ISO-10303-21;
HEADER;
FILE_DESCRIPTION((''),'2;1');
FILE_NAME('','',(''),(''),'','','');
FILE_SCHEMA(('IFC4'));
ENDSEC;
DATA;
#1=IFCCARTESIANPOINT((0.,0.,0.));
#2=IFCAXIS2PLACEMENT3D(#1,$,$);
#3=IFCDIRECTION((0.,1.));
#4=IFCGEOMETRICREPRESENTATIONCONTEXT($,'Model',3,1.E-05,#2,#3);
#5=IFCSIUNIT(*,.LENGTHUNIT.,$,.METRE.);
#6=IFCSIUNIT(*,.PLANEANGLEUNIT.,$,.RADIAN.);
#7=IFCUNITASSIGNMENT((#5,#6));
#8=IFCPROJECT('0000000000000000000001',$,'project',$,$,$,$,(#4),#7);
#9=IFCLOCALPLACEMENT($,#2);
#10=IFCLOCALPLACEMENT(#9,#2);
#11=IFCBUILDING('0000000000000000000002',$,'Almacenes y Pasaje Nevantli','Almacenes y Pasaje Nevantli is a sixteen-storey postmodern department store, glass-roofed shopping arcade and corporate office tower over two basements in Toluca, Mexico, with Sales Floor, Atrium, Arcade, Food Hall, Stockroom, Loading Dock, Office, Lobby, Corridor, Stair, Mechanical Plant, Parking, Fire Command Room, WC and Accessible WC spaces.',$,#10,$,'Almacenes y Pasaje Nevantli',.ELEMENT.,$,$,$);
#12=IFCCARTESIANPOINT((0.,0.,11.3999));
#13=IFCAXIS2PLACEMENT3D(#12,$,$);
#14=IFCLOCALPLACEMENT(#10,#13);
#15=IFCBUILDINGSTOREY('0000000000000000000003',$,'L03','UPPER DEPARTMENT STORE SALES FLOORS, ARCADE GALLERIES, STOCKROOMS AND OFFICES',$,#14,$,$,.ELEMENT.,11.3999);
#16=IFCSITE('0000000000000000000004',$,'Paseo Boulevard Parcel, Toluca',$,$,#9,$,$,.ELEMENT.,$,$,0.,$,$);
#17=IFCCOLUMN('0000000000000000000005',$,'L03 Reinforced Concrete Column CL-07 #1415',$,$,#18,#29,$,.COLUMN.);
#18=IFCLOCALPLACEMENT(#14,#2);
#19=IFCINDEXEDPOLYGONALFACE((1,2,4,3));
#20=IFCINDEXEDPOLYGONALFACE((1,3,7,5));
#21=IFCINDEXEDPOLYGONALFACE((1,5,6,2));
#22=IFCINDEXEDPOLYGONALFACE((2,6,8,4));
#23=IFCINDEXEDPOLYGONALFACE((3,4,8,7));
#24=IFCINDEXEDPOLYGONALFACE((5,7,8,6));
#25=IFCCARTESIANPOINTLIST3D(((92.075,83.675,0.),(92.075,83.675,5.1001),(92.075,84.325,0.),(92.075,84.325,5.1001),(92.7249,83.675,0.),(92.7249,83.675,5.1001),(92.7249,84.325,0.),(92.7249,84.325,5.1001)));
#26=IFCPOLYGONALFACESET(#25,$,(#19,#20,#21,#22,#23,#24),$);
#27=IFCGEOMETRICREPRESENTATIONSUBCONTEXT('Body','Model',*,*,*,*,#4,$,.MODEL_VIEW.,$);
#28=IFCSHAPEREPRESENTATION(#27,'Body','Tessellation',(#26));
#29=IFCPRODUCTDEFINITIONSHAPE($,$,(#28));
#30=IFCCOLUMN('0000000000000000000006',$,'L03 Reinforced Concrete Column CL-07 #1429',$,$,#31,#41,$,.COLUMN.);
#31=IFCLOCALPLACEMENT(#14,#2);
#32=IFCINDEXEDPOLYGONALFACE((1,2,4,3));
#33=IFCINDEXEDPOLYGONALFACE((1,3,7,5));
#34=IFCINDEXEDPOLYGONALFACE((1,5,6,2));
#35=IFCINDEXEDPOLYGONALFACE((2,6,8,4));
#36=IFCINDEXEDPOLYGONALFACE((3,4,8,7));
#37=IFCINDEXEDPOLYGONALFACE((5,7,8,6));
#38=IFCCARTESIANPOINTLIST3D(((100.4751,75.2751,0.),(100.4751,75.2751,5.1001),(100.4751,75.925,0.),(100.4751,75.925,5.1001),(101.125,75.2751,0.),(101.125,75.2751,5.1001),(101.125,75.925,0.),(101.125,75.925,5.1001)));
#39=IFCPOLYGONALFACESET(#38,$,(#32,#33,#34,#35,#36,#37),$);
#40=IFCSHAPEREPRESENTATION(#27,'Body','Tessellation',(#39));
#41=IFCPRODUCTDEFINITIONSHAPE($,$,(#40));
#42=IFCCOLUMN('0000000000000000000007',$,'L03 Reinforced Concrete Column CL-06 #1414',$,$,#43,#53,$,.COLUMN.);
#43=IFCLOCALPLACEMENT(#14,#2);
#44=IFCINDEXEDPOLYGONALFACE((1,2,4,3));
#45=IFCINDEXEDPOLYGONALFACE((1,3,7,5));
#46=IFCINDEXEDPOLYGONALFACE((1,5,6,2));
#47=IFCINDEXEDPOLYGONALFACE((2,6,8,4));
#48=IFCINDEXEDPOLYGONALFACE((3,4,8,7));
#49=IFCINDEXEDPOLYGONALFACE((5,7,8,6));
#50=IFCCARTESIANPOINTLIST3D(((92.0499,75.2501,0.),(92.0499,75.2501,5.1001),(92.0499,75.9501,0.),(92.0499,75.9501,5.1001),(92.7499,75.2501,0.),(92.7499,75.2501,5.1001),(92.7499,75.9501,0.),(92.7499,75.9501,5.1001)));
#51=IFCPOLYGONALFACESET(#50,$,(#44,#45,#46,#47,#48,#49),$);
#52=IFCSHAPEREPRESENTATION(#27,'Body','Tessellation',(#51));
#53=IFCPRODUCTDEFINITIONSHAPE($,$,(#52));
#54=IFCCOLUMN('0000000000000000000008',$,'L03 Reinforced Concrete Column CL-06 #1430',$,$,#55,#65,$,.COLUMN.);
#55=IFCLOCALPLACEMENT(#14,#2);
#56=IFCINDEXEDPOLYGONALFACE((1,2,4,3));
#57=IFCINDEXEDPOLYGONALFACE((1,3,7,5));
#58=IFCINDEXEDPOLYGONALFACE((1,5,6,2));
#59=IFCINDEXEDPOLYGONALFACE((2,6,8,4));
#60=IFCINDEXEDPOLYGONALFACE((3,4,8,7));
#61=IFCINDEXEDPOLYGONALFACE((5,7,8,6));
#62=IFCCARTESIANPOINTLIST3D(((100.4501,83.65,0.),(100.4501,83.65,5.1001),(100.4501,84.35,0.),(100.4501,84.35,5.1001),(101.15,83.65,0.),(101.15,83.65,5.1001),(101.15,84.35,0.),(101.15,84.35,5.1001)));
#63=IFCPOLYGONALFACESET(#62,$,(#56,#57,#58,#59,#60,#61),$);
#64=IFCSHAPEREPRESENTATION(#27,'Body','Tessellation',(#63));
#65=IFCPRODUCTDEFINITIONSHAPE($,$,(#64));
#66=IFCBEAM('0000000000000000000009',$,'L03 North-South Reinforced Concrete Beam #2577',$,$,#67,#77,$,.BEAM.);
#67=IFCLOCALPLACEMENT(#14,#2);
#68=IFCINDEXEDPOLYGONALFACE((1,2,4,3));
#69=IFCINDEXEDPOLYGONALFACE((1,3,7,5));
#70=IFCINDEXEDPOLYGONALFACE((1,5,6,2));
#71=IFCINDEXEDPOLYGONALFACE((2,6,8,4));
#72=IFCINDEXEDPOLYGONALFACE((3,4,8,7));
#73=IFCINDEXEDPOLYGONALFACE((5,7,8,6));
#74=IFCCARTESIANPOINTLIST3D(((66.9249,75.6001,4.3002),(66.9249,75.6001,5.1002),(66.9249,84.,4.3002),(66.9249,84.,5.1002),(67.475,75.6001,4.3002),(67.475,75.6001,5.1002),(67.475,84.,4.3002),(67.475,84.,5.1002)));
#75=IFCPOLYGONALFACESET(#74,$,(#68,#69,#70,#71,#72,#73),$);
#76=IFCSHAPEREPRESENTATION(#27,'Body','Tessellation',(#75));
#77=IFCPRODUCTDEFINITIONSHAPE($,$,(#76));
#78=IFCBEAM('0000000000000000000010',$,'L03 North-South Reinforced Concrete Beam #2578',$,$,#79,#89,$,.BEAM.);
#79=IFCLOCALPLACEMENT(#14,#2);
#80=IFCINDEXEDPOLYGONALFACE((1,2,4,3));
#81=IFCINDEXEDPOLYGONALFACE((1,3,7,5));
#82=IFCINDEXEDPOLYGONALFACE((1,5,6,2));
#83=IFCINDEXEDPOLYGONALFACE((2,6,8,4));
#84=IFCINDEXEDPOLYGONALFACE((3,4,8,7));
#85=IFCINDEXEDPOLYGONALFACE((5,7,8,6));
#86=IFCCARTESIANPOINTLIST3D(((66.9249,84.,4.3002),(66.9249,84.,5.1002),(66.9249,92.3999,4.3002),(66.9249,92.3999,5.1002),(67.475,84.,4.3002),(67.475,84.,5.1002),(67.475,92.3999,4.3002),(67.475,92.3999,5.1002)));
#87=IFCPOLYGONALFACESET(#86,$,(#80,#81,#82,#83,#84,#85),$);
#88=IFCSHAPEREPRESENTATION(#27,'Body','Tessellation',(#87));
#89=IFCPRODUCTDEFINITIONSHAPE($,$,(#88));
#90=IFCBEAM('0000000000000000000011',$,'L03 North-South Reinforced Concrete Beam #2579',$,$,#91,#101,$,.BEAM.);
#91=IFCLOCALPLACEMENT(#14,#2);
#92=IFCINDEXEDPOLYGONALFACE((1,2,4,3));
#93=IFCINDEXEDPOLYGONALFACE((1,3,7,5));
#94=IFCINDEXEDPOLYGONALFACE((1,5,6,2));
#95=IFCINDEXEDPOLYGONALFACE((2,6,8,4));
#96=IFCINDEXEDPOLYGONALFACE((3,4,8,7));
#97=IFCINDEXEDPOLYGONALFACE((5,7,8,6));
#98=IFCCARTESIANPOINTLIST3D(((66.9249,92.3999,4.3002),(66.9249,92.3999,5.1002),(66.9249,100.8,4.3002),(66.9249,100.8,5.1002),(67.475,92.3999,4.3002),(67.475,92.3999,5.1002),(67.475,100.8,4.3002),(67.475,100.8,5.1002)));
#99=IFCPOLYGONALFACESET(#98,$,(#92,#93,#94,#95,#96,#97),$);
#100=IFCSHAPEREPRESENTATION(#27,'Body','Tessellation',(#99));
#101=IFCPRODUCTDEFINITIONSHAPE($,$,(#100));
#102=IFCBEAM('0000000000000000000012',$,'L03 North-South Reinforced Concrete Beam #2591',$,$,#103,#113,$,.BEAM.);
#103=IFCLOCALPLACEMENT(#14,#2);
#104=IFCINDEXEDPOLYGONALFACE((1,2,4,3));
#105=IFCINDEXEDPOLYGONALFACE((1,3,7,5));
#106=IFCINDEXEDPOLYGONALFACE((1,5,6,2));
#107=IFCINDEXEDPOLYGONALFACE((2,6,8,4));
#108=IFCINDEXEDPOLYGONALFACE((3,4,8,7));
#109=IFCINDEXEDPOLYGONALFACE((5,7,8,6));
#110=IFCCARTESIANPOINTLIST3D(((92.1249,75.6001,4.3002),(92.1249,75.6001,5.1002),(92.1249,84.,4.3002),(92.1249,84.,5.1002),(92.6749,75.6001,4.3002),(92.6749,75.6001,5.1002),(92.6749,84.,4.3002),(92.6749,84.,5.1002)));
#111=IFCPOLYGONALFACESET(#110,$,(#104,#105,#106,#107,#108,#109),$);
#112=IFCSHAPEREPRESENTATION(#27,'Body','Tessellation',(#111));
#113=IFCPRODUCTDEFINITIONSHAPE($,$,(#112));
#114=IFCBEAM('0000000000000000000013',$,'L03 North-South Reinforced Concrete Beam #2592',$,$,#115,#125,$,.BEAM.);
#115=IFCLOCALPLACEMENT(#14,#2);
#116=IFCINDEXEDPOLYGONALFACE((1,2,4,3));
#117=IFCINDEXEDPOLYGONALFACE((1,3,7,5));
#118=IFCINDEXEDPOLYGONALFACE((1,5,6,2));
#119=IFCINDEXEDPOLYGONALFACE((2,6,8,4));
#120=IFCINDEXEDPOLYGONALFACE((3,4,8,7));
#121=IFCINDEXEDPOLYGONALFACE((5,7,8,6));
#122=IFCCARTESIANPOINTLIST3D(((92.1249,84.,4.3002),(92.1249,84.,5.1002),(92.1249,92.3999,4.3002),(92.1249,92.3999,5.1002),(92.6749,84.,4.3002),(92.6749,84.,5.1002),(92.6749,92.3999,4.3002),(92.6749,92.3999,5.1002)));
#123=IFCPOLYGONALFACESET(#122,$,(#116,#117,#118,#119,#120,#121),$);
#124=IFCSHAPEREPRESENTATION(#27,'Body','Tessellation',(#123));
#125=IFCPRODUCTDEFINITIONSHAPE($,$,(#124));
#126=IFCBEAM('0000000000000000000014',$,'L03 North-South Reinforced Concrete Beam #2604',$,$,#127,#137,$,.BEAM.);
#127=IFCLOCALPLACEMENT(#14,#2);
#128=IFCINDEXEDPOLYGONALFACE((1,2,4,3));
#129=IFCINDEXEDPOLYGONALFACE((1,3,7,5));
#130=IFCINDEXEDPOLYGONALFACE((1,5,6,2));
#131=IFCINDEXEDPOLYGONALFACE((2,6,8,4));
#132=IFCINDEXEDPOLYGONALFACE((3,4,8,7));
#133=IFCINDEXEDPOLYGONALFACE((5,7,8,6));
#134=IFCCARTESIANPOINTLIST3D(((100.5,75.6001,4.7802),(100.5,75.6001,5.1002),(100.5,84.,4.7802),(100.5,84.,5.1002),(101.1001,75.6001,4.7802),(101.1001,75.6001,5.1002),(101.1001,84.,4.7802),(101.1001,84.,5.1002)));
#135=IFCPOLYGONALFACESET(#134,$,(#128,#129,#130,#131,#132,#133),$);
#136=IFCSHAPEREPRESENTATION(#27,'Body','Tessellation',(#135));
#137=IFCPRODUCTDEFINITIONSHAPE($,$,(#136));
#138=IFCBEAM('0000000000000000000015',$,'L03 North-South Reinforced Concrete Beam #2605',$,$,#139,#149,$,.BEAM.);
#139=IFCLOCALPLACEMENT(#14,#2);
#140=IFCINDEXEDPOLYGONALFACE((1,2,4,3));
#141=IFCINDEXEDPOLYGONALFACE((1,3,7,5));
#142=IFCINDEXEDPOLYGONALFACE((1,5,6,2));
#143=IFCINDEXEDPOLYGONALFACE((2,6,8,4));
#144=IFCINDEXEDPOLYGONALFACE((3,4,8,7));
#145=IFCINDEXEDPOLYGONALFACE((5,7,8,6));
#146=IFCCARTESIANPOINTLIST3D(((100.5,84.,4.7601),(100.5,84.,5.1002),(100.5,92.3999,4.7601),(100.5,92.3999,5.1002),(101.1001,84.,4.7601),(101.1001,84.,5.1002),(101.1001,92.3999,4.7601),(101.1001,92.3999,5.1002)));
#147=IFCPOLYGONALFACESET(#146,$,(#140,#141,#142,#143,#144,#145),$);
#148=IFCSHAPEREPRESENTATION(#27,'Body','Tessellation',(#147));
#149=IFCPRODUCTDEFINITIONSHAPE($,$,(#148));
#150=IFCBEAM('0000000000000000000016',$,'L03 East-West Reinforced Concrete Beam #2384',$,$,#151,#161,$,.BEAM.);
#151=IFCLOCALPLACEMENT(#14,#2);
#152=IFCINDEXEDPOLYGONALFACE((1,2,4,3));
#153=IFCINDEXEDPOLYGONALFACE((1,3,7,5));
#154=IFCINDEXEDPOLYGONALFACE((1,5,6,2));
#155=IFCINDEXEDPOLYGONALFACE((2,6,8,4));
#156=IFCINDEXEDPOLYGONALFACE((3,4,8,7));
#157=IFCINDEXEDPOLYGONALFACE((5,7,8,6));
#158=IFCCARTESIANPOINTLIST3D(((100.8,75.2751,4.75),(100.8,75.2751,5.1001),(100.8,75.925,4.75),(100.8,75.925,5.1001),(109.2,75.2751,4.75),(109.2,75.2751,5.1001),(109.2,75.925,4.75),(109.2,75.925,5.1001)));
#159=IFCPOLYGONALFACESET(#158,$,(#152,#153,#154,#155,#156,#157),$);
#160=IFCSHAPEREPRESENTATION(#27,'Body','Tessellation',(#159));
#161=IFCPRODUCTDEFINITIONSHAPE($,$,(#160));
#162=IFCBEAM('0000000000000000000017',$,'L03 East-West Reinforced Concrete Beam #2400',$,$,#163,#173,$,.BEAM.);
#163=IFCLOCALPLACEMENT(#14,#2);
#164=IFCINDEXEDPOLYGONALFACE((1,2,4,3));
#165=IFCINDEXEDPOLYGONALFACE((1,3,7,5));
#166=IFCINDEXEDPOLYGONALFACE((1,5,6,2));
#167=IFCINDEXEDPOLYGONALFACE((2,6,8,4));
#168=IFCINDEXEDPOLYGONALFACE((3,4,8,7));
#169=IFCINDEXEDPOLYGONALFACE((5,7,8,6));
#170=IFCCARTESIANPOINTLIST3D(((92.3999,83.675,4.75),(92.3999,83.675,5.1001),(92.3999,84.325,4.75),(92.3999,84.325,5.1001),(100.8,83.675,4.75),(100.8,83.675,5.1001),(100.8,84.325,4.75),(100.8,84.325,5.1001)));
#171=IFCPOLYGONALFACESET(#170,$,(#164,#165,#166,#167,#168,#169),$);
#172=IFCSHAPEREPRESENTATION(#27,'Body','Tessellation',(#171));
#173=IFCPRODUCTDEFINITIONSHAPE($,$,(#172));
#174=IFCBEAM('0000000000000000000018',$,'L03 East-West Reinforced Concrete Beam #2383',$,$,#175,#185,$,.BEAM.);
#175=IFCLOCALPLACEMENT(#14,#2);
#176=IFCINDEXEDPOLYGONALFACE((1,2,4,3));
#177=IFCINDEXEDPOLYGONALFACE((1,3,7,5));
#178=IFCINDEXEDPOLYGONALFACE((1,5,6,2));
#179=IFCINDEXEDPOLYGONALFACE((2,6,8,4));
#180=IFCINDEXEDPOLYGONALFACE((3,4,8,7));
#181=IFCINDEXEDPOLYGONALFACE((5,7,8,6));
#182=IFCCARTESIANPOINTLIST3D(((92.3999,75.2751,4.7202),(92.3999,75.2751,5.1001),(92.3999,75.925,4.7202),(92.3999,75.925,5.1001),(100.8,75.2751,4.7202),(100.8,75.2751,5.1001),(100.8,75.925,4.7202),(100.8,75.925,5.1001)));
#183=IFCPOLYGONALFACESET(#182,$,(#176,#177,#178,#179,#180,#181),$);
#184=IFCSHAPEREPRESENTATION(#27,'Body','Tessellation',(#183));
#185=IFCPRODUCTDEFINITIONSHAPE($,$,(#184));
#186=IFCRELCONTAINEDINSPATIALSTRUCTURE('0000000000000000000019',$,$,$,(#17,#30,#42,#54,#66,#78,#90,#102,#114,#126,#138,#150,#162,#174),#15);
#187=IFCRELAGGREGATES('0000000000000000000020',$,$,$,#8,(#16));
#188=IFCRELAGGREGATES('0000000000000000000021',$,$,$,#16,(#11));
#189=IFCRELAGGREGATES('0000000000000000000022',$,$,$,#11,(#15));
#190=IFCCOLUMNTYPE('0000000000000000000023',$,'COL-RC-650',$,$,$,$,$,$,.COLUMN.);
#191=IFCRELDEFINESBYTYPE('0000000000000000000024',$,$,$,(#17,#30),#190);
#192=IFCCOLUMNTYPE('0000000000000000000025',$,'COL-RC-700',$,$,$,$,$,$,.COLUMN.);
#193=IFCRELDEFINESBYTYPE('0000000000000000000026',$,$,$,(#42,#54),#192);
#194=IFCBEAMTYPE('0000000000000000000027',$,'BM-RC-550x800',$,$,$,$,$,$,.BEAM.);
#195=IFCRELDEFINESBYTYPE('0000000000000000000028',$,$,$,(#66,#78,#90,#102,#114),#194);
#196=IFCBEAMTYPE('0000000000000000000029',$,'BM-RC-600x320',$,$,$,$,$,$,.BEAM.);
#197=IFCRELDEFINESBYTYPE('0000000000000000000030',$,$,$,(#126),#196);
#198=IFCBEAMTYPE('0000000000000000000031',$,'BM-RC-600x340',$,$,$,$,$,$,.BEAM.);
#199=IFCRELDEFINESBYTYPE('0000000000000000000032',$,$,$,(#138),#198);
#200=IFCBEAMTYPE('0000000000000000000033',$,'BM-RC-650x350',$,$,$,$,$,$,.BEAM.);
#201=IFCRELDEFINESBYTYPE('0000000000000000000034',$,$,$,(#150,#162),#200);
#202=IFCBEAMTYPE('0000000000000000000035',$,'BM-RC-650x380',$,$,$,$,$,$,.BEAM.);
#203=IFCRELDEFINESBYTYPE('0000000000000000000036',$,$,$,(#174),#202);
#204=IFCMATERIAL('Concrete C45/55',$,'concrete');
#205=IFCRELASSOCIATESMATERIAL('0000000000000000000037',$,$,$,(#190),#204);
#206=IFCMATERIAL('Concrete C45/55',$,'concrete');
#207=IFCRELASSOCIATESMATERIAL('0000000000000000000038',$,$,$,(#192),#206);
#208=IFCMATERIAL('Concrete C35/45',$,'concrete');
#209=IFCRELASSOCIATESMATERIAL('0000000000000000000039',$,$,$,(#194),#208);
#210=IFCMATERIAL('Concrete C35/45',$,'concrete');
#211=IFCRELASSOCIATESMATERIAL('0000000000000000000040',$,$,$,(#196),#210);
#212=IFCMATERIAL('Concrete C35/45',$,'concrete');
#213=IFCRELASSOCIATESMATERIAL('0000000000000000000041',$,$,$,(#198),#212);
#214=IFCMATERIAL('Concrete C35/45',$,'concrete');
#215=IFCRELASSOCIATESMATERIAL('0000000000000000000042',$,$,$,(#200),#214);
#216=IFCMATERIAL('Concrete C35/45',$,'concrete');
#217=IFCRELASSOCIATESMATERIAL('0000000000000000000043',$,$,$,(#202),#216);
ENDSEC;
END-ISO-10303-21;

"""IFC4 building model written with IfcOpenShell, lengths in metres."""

from ifc_helpers import new_model, si_unit, direction, frame, origin, origin_2d, place, context, subcontext, project, spatial, rectangle, extrude, material, material_profile, profile_set, type_object, element, save


model = new_model("IFC4")

# Units and contexts
model_context = context("Model", 3, precision=1e-05, world=origin(), true_north=direction((0.0, 1.0)))
body_context = subcontext(model_context, "Body", "Model", "MODEL_VIEW")
ifc_project = project(units=[si_unit("LENGTHUNIT", "METRE"), si_unit("PLANEANGLEUNIT", "RADIAN")], contexts=[model_context])

# Site, building, storey
site_placement = place(None, origin())
site = spatial("IfcSite", under=ifc_project, at=site_placement, Name="Paseo Boulevard Parcel, Toluca", CompositionType="ELEMENT", RefElevation=0.0)
building_placement = place(site_placement, origin())
building = spatial("IfcBuilding", under=site, at=building_placement, Name="Almacenes y Pasaje Nevantli", Description="Almacenes y Pasaje Nevantli is a sixteen-storey postmodern department store, glass-roofed shopping arcade and corporate office tower over two basements in Toluca, Mexico, with Sales Floor, Atrium, Arcade, Food Hall, Stockroom, Loading Dock, Office, Lobby, Corridor, Stair, Mechanical Plant, Parking, Fire Command Room, WC and Accessible WC spaces.", LongName="Almacenes y Pasaje Nevantli", CompositionType="ELEMENT")
storey_placement = place(building_placement, frame((0.0, 0.0, 11.3999)))
storey = spatial("IfcBuildingStorey", under=building, at=storey_placement, Name="L03", Description="UPPER DEPARTMENT STORE SALES FLOORS, ARCADE GALLERIES, STOCKROOMS AND OFFICES", CompositionType="ELEMENT", Elevation=11.3999)

# Columns
ifc_material_1 = material(Name="Concrete C45/55", Category="concrete")
ifc_material_profile_1 = material_profile(ifc_material_1, rectangle(XDim=0.6499, YDim=0.6499, at=origin_2d()), Name="RC-COL-650x650")
ifc_profile_set_1 = profile_set([ifc_material_profile_1], Name="Concrete C45/55")
column_type_1 = type_object("IfcColumnType", Name="COL-RC-650", PredefinedType="COLUMN", material=ifc_profile_set_1)
for number, where, z_axis, x_axis, name in (
    (1, (92.3999, 84.0, 0.0), (0.0, 0.0, 1.0), (1.0, 0.0, 0.0), "L03 Reinforced Concrete Column CL-07 #1415"),
    (2, (100.8, 75.6001, 0.0), (0.0, 0.0, 1.0), (1.0, 0.0, 0.0), "L03 Reinforced Concrete Column CL-07 #1429"),
):
    element("IfcColumn", number, at=place(storey_placement, frame(where, z_axis=z_axis, x_axis=x_axis)), inside=storey, type_object=column_type_1, Name=name, PredefinedType="COLUMN", context=body_context, shape_type="SweptSolid", body=[
        extrude(rectangle(XDim=0.6499, YDim=0.6499, at=origin_2d()), origin(), (0.0, 0.0, 1.0), 5.1001),
    ])
ifc_material_2 = material(Name="Concrete C45/55", Category="concrete")
ifc_material_profile_2 = material_profile(ifc_material_2, rectangle(XDim=0.7, YDim=0.7, at=origin_2d()), Name="RC-COL-700x700")
ifc_profile_set_2 = profile_set([ifc_material_profile_2], Name="Concrete C45/55")
column_type_2 = type_object("IfcColumnType", Name="COL-RC-700", PredefinedType="COLUMN", material=ifc_profile_set_2)
for number, where, z_axis, x_axis, name in (
    (3, (92.3999, 75.6001, 0.0), (0.0, 0.0, 1.0), (1.0, 0.0, 0.0), "L03 Reinforced Concrete Column CL-06 #1414"),
    (4, (100.8, 84.0, 0.0), (0.0, 0.0, 1.0), (1.0, 0.0, 0.0), "L03 Reinforced Concrete Column CL-06 #1430"),
):
    element("IfcColumn", number, at=place(storey_placement, frame(where, z_axis=z_axis, x_axis=x_axis)), inside=storey, type_object=column_type_2, Name=name, PredefinedType="COLUMN", context=body_context, shape_type="SweptSolid", body=[
        extrude(rectangle(XDim=0.7, YDim=0.7, at=origin_2d()), origin(), (0.0, 0.0, 1.0), 5.1001),
    ])

# Beams
ifc_material_3 = material(Name="Concrete C35/45", Category="concrete")
ifc_material_profile_3 = material_profile(ifc_material_3, rectangle(XDim=0.55, YDim=0.8, at=origin_2d()), Name="RC-BM-550x800")
ifc_profile_set_3 = profile_set([ifc_material_profile_3], Name="Concrete C35/45")
beam_type_1 = type_object("IfcBeamType", Name="BM-RC-550x800", PredefinedType="BEAM", material=ifc_profile_set_3)
for number, where, z_axis, x_axis, name in (
    (5, (67.2, 75.6001, 4.7002), (0.0, 1.0, 0.0), (-1.0, 0.0, 0.0), "L03 North-South Reinforced Concrete Beam #2577"),
    (6, (67.2, 84.0, 4.7002), (0.0, 1.0, 0.0), (-1.0, 0.0, 0.0), "L03 North-South Reinforced Concrete Beam #2578"),
):
    element("IfcBeam", number, at=place(storey_placement, frame(where, z_axis=z_axis, x_axis=x_axis)), inside=storey, type_object=beam_type_1, Name=name, PredefinedType="BEAM", context=body_context, shape_type="SweptSolid", body=[
        extrude(rectangle(XDim=0.55, YDim=0.8, at=origin_2d()), origin(), (0.0, 0.0, 1.0), 8.3999),
    ])
beam_1_placement = place(storey_placement, frame((67.2, 92.3999, 4.7002), z_axis=(0.0, 1.0, 0.0), x_axis=(-1.0, 0.0, 0.0)))
element("IfcBeam", 7, at=beam_1_placement, inside=storey, type_object=beam_type_1, Name="L03 North-South Reinforced Concrete Beam #2579", PredefinedType="BEAM", context=body_context, shape_type="SweptSolid", body=[
    extrude(rectangle(XDim=0.55, YDim=0.8, at=origin_2d()), origin(), (0.0, 0.0, 1.0), 8.4001),
])
for number, where, z_axis, x_axis, name in (
    (8, (92.3999, 75.6001, 4.7002), (0.0, 1.0, 0.0), (-1.0, 0.0, 0.0), "L03 North-South Reinforced Concrete Beam #2591"),
    (9, (92.3999, 84.0, 4.7002), (0.0, 1.0, 0.0), (-1.0, 0.0, 0.0), "L03 North-South Reinforced Concrete Beam #2592"),
):
    element("IfcBeam", number, at=place(storey_placement, frame(where, z_axis=z_axis, x_axis=x_axis)), inside=storey, type_object=beam_type_1, Name=name, PredefinedType="BEAM", context=body_context, shape_type="SweptSolid", body=[
        extrude(rectangle(XDim=0.55, YDim=0.8, at=origin_2d()), origin(), (0.0, 0.0, 1.0), 8.3999),
    ])
ifc_material_4 = material(Name="Concrete C35/45", Category="concrete")
ifc_material_profile_4 = material_profile(ifc_material_4, rectangle(XDim=0.6001, YDim=0.3201, at=origin_2d()), Name="RC-BM-600x320")
ifc_profile_set_4 = profile_set([ifc_material_profile_4], Name="Concrete C35/45")
beam_type_2 = type_object("IfcBeamType", Name="BM-RC-600x320", PredefinedType="BEAM", material=ifc_profile_set_4)
beam_2_placement = place(storey_placement, frame((100.8, 75.6001, 4.9402), z_axis=(0.0, 1.0, 0.0), x_axis=(-1.0, 0.0, 0.0)))
element("IfcBeam", 10, at=beam_2_placement, inside=storey, type_object=beam_type_2, Name="L03 North-South Reinforced Concrete Beam #2604", PredefinedType="BEAM", context=body_context, shape_type="SweptSolid", body=[
    extrude(rectangle(XDim=0.6001, YDim=0.3201, at=origin_2d()), origin(), (0.0, 0.0, 1.0), 8.3999),
])
ifc_material_5 = material(Name="Concrete C35/45", Category="concrete")
ifc_material_profile_5 = material_profile(ifc_material_5, rectangle(XDim=0.6001, YDim=0.3401, at=origin_2d()), Name="RC-BM-600x340")
ifc_profile_set_5 = profile_set([ifc_material_profile_5], Name="Concrete C35/45")
beam_type_3 = type_object("IfcBeamType", Name="BM-RC-600x340", PredefinedType="BEAM", material=ifc_profile_set_5)
beam_3_placement = place(storey_placement, frame((100.8, 84.0, 4.9302), z_axis=(0.0, 1.0, 0.0), x_axis=(-1.0, 0.0, 0.0)))
element("IfcBeam", 11, at=beam_3_placement, inside=storey, type_object=beam_type_3, Name="L03 North-South Reinforced Concrete Beam #2605", PredefinedType="BEAM", context=body_context, shape_type="SweptSolid", body=[
    extrude(rectangle(XDim=0.6001, YDim=0.3401, at=origin_2d()), origin(), (0.0, 0.0, 1.0), 8.3999),
])
ifc_material_6 = material(Name="Concrete C35/45", Category="concrete")
ifc_material_profile_6 = material_profile(ifc_material_6, rectangle(XDim=0.6499, YDim=0.3501, at=origin_2d()), Name="RC-BM-650x350")
ifc_profile_set_6 = profile_set([ifc_material_profile_6], Name="Concrete C35/45")
beam_type_4 = type_object("IfcBeamType", Name="BM-RC-650x350", PredefinedType="BEAM", material=ifc_profile_set_6)
beam_4_placement = place(storey_placement, frame((100.8, 75.6001, 4.925), z_axis=(1.0, 0.0, 0.0), x_axis=(0.0, 1.0, 0.0)))
element("IfcBeam", 12, at=beam_4_placement, inside=storey, type_object=beam_type_4, Name="L03 East-West Reinforced Concrete Beam #2384", PredefinedType="BEAM", context=body_context, shape_type="SweptSolid", body=[
    extrude(rectangle(XDim=0.6499, YDim=0.3501, at=origin_2d()), origin(), (0.0, 0.0, 1.0), 8.3999),
])
beam_5_placement = place(storey_placement, frame((92.3999, 84.0, 4.925), z_axis=(1.0, 0.0, 0.0), x_axis=(0.0, 1.0, 0.0)))
element("IfcBeam", 13, at=beam_5_placement, inside=storey, type_object=beam_type_4, Name="L03 East-West Reinforced Concrete Beam #2400", PredefinedType="BEAM", context=body_context, shape_type="SweptSolid", body=[
    extrude(rectangle(XDim=0.6499, YDim=0.3501, at=origin_2d()), origin(), (0.0, 0.0, 1.0), 8.4001),
])
ifc_material_7 = material(Name="Concrete C35/45", Category="concrete")
ifc_material_profile_7 = material_profile(ifc_material_7, rectangle(XDim=0.6499, YDim=0.3799, at=origin_2d()), Name="RC-BM-650x380")
ifc_profile_set_7 = profile_set([ifc_material_profile_7], Name="Concrete C35/45")
beam_type_5 = type_object("IfcBeamType", Name="BM-RC-650x380", PredefinedType="BEAM", material=ifc_profile_set_7)
beam_6_placement = place(storey_placement, frame((92.3999, 75.6001, 4.9102), z_axis=(1.0, 0.0, 0.0), x_axis=(0.0, 1.0, 0.0)))
element("IfcBeam", 14, at=beam_6_placement, inside=storey, type_object=beam_type_5, Name="L03 East-West Reinforced Concrete Beam #2383", PredefinedType="BEAM", context=body_context, shape_type="SweptSolid", body=[
    extrude(rectangle(XDim=0.6499, YDim=0.3799, at=origin_2d()), origin(), (0.0, 0.0, 1.0), 8.4001),
])

save(model, "model.ifc")
